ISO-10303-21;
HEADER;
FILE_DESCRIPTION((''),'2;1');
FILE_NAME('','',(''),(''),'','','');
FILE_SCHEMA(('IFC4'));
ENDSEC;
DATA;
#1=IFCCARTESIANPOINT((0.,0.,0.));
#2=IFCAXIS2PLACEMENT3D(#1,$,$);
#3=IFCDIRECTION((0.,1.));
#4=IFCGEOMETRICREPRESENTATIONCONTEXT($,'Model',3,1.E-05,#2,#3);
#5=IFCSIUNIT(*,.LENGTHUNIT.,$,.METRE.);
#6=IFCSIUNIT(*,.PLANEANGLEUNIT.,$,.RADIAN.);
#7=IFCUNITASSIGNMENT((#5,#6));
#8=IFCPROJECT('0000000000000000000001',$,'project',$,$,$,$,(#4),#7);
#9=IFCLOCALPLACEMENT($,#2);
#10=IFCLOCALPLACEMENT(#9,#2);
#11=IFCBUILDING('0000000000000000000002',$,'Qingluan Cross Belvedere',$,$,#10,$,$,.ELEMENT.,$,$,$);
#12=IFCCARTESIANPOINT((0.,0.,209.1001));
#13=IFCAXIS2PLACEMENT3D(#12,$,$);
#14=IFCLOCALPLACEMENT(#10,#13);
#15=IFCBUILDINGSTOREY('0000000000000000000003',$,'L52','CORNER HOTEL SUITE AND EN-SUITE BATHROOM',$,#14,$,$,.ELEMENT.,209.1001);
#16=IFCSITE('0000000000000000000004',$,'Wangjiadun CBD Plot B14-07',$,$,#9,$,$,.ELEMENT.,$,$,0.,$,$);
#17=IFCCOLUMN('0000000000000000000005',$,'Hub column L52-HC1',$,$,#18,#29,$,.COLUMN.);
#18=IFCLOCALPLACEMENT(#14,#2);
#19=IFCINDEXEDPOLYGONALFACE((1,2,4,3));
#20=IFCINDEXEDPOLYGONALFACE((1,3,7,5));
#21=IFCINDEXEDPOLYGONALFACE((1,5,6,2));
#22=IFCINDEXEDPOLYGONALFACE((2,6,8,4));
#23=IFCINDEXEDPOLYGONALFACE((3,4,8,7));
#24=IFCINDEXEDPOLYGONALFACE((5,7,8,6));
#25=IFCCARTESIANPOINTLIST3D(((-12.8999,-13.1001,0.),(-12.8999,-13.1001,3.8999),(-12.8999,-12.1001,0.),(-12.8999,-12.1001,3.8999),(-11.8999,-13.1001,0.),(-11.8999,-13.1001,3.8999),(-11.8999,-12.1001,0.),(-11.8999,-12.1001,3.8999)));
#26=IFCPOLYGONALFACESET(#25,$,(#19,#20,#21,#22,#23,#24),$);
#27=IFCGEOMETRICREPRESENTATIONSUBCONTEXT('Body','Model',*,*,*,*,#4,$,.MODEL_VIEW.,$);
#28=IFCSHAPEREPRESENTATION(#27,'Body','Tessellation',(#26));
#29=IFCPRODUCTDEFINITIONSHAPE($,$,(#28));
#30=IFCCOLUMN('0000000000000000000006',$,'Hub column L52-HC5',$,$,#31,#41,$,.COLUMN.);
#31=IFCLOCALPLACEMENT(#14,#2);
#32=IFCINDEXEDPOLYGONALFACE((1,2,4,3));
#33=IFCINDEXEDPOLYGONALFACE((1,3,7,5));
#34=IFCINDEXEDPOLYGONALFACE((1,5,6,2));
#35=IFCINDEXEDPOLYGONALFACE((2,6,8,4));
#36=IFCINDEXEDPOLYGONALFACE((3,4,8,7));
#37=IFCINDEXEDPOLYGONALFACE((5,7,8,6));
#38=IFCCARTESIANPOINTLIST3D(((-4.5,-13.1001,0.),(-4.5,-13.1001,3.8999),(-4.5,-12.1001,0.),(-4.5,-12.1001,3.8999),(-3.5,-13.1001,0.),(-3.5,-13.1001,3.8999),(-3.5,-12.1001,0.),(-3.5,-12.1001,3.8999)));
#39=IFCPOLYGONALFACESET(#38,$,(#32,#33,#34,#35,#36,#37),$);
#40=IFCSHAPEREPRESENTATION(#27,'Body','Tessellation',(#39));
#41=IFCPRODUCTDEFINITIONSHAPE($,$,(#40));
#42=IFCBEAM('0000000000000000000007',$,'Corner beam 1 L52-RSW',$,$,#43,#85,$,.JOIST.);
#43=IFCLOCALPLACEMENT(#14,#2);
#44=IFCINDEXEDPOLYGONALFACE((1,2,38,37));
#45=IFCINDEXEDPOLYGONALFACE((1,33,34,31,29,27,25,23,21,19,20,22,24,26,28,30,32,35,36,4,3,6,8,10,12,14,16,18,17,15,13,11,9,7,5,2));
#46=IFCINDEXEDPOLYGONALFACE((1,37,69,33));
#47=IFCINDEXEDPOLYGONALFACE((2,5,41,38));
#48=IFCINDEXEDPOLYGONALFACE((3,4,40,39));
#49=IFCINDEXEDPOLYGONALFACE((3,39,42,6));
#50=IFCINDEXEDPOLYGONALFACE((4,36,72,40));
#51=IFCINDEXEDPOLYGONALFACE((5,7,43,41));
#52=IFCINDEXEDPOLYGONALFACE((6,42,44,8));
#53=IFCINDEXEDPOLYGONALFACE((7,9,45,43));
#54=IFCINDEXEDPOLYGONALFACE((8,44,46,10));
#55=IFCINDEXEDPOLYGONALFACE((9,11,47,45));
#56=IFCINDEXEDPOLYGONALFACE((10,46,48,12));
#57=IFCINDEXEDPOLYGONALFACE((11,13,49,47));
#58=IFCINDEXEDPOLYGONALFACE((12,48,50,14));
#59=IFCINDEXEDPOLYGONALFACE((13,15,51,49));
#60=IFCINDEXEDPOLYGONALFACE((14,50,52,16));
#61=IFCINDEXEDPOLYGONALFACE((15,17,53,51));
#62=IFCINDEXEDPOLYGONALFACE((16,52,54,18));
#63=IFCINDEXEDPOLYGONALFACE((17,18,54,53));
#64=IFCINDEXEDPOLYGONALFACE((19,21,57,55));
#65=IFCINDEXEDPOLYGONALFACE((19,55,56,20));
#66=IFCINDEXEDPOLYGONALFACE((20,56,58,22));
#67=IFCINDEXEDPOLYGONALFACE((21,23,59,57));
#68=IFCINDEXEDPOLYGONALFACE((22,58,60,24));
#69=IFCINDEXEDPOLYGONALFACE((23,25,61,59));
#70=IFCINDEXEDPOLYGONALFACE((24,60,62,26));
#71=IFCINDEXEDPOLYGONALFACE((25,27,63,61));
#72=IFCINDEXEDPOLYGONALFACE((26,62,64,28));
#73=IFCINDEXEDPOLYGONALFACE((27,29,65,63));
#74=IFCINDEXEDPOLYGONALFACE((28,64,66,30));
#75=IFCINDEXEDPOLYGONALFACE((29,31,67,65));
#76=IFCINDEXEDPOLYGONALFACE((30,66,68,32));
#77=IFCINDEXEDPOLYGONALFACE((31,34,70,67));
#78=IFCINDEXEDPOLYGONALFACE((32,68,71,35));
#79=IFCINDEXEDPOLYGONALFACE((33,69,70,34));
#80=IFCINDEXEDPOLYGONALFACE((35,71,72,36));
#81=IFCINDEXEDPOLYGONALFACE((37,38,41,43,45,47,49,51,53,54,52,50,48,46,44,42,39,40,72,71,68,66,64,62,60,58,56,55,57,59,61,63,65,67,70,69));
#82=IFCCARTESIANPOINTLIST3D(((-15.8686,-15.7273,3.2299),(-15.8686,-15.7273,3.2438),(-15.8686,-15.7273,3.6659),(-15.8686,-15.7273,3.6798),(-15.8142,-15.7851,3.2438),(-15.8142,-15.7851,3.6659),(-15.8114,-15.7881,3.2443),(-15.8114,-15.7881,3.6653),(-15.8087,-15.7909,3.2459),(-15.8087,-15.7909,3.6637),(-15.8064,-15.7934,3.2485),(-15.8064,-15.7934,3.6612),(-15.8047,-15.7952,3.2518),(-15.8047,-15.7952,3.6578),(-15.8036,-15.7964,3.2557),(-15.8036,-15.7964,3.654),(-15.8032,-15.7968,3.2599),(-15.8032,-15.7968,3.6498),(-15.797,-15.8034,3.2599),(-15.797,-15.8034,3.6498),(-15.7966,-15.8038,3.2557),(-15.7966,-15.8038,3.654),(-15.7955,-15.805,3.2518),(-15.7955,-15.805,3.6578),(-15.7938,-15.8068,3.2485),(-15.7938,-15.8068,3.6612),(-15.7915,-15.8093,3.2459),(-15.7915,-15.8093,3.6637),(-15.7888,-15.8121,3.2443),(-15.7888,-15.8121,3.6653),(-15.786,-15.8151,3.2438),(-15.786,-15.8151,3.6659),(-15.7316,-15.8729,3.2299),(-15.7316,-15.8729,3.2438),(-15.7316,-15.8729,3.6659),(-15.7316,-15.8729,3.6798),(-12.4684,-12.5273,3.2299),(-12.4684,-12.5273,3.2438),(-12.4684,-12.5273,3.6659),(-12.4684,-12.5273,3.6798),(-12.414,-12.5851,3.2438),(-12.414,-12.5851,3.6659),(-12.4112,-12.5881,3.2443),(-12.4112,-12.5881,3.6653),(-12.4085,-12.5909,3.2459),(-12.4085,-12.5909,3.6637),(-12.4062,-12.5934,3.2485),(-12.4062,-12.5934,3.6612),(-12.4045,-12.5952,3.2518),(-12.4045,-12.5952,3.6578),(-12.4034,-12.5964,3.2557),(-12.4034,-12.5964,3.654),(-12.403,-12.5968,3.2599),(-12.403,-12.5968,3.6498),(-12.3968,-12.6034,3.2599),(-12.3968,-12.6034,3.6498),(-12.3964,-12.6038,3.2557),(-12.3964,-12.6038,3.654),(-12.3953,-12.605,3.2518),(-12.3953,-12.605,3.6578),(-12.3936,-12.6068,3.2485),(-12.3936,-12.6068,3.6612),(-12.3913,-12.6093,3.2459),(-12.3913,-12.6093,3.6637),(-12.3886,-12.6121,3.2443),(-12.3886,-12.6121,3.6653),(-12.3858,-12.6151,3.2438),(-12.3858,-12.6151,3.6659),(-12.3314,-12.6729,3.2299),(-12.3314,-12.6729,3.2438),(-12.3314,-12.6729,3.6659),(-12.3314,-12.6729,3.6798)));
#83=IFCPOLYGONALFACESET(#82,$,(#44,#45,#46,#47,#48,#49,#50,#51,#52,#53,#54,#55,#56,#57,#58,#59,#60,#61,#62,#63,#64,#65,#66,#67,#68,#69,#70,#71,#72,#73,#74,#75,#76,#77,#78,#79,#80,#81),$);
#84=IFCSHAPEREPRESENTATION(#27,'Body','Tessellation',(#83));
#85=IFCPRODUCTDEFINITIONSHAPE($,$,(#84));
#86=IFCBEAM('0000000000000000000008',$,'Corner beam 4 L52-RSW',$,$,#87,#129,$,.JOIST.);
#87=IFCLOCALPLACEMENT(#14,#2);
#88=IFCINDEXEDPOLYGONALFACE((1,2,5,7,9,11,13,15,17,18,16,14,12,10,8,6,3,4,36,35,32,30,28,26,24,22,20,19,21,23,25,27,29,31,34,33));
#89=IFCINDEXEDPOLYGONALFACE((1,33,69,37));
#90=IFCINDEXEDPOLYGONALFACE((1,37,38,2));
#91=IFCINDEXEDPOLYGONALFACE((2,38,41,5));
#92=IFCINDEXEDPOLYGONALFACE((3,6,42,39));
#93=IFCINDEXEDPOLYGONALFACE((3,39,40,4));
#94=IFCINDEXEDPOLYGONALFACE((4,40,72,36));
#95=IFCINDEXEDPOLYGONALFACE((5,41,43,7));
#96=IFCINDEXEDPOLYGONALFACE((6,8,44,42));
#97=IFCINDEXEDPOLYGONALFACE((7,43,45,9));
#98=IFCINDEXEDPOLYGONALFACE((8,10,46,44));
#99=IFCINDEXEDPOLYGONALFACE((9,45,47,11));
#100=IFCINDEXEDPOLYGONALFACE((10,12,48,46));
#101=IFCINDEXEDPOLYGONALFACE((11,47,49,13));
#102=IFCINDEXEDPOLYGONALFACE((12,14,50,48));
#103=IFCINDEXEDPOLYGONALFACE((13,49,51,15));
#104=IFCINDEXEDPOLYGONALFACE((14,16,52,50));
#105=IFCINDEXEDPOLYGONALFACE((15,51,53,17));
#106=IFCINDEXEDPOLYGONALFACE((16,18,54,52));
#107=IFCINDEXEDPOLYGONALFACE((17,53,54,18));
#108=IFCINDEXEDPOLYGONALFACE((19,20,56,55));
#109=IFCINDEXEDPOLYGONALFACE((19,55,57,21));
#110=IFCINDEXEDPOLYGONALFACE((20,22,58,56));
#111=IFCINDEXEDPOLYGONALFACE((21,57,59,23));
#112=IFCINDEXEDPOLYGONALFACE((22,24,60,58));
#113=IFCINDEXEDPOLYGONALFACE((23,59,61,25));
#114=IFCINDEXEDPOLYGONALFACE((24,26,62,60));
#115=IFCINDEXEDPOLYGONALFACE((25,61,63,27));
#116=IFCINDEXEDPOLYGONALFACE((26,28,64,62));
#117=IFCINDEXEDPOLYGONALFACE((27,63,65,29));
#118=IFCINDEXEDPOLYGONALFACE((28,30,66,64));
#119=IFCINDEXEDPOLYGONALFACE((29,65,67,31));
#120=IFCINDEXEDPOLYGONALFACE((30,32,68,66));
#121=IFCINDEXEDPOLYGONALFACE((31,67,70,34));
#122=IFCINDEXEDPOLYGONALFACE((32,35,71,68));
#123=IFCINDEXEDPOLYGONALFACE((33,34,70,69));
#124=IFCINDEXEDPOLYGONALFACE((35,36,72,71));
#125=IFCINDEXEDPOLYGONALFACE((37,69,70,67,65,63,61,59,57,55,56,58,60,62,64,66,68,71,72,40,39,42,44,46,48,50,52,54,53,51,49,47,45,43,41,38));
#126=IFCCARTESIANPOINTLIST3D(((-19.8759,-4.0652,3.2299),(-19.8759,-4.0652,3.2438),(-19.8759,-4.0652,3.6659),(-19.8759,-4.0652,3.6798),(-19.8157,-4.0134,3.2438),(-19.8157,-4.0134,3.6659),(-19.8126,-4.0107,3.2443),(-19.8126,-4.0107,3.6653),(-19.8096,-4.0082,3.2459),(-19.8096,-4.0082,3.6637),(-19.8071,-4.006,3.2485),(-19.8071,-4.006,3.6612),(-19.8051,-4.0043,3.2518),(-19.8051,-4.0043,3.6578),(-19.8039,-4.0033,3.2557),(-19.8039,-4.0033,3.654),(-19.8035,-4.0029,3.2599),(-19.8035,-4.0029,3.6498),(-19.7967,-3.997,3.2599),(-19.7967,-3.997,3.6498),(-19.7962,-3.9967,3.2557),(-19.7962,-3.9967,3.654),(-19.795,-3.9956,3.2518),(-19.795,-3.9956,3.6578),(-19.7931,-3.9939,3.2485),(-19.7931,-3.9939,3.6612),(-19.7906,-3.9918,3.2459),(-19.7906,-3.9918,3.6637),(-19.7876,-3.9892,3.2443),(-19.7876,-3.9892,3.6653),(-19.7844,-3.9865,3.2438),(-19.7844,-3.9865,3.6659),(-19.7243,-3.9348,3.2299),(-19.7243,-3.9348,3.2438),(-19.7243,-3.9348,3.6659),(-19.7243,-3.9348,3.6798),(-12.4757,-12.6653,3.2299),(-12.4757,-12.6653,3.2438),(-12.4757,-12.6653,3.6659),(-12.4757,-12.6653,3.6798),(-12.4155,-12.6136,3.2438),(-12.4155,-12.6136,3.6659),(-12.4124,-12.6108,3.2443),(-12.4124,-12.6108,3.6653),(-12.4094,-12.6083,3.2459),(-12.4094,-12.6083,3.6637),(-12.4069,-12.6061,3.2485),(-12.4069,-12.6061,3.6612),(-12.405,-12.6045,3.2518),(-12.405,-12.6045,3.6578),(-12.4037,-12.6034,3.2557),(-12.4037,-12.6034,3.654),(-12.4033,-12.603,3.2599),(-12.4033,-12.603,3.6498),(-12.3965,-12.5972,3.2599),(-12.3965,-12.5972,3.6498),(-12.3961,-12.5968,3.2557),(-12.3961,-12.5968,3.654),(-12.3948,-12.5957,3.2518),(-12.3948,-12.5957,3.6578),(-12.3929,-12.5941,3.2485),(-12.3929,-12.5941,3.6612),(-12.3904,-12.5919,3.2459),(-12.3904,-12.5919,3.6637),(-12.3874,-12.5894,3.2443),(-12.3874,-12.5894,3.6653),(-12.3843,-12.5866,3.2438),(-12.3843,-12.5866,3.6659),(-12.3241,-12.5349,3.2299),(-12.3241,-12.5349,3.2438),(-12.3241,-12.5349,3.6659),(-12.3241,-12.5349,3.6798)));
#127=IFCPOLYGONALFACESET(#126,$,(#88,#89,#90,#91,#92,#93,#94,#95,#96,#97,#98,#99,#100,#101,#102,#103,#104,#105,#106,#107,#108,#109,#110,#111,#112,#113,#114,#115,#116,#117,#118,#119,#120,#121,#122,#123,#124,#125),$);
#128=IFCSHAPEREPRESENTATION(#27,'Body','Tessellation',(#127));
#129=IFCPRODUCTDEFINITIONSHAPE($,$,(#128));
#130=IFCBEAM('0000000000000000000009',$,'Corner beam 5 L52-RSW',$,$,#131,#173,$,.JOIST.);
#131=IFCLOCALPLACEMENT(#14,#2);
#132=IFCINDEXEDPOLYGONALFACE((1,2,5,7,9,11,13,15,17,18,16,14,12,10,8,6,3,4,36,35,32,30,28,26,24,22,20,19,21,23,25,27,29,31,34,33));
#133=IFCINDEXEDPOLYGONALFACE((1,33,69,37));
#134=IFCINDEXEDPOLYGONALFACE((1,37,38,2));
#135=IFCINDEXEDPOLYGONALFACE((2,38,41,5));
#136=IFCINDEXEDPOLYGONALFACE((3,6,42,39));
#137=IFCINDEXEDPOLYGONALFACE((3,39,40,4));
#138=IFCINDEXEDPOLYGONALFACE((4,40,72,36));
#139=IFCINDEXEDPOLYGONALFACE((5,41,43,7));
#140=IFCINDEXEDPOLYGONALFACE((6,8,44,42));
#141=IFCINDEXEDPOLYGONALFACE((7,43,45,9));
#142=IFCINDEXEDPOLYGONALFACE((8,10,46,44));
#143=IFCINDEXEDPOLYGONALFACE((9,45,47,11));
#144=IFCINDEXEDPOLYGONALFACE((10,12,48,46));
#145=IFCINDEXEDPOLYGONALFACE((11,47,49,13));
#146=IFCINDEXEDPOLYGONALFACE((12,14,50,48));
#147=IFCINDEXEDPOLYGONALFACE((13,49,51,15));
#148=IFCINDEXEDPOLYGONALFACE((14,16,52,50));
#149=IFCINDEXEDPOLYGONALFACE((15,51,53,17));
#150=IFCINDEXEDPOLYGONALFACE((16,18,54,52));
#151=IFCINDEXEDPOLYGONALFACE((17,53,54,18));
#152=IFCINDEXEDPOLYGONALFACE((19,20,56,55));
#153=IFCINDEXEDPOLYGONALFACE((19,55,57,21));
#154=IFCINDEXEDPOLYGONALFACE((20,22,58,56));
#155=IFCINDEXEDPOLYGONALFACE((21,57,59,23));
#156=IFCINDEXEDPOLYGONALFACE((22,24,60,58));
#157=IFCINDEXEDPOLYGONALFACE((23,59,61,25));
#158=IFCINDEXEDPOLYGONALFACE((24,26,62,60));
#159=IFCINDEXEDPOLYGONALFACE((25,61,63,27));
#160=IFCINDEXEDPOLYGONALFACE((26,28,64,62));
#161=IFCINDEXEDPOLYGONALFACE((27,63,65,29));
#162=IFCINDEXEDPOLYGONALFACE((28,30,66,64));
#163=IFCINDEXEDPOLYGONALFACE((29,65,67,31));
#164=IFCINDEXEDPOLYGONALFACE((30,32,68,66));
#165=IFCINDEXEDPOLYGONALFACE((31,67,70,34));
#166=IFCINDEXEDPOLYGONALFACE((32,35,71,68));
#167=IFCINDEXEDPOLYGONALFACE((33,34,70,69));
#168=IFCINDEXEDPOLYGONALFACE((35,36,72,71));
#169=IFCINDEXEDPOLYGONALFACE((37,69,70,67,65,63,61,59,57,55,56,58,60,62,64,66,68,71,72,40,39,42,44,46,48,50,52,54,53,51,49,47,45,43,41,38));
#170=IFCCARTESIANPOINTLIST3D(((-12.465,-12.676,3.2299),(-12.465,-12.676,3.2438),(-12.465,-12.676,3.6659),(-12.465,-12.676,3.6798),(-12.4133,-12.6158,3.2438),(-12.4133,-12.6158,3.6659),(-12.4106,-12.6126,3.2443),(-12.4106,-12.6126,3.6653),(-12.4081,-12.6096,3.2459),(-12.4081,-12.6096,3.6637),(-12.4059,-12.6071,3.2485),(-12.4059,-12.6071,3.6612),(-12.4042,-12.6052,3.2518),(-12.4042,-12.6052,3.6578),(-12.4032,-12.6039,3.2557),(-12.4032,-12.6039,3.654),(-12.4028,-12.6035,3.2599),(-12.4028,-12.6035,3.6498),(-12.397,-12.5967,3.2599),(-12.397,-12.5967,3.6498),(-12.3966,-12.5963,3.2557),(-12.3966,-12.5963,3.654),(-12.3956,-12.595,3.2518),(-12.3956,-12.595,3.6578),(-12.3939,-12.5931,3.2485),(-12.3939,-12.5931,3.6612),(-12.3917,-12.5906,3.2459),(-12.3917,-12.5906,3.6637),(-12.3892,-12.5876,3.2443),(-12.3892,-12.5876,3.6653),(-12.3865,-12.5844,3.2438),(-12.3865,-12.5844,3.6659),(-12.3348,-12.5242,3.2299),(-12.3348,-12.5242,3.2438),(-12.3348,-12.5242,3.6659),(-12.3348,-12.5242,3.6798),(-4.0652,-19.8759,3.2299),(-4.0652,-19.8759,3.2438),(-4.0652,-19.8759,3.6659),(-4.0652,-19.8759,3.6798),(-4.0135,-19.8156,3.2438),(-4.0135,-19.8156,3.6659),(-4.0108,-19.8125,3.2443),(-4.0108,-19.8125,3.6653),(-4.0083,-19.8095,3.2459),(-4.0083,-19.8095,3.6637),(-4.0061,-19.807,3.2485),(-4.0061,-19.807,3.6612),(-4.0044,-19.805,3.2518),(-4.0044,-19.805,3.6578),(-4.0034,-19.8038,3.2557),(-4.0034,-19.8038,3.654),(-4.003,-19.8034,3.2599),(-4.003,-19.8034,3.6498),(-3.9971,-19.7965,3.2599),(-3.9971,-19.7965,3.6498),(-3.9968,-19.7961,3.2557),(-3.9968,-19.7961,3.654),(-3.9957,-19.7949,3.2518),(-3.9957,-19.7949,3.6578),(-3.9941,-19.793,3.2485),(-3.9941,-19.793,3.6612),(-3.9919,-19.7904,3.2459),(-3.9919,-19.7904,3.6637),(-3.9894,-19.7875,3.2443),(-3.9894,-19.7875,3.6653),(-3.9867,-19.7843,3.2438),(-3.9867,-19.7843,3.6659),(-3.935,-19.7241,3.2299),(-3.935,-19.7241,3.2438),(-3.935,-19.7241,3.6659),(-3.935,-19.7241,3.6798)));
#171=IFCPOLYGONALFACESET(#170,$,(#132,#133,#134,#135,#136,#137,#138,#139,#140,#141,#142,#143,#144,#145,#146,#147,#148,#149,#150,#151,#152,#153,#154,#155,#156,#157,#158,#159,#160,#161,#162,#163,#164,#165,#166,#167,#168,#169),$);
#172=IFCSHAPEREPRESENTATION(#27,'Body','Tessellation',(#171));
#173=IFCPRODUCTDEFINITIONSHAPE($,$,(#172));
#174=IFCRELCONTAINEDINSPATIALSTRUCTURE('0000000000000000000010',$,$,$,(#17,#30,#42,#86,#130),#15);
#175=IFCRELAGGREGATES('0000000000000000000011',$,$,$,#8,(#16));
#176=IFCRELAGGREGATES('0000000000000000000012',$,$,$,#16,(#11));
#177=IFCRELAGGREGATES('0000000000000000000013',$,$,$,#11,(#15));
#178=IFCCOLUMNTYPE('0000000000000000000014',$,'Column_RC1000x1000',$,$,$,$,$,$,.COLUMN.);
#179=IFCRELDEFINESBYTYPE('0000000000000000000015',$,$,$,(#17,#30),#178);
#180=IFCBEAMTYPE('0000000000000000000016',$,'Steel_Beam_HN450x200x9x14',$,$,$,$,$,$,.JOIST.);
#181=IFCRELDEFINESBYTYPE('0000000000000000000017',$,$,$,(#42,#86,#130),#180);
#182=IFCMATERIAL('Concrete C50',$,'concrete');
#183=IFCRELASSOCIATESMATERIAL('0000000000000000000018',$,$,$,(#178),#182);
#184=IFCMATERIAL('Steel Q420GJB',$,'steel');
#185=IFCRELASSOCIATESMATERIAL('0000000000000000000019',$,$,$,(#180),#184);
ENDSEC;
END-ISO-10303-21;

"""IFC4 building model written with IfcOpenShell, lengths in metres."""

from ifc_helpers import new_model, si_unit, direction, frame, origin, origin_2d, place, context, subcontext, project, spatial, rectangle, i_section, extrude, material, material_profile, profile_set, type_object, element, save


model = new_model("IFC4")

# Units and contexts
model_context = context("Model", 3, precision=1e-05, world=origin(), true_north=direction((0.0, 1.0)))
body_context = subcontext(model_context, "Body", "Model", "MODEL_VIEW")
ifc_project = project(units=[si_unit("LENGTHUNIT", "METRE"), si_unit("PLANEANGLEUNIT", "RADIAN")], contexts=[model_context])

# Site, building, storey
site_placement = place(None, origin())
site = spatial("IfcSite", under=ifc_project, at=site_placement, Name="Wangjiadun CBD Plot B14-07", CompositionType="ELEMENT", RefElevation=0.0)
building_placement = place(site_placement, origin())
building = spatial("IfcBuilding", under=site, at=building_placement, Name="Qingluan Cross Belvedere", CompositionType="ELEMENT")
storey_placement = place(building_placement, frame((0.0, 0.0, 209.1001)))
storey = spatial("IfcBuildingStorey", under=building, at=storey_placement, Name="L52", Description="CORNER HOTEL SUITE AND EN-SUITE BATHROOM", CompositionType="ELEMENT", Elevation=209.1001)

# Columns
ifc_material_1 = material(Name="Concrete C50", Category="concrete")
ifc_material_profile_1 = material_profile(ifc_material_1, rectangle(XDim=1.0, YDim=1.0, at=origin_2d()), Name="RC1000x1000")
ifc_profile_set_1 = profile_set([ifc_material_profile_1], Name="Concrete C50")
column_type = type_object("IfcColumnType", Name="Column_RC1000x1000", PredefinedType="COLUMN", material=ifc_profile_set_1)
for number, where, z_axis, x_axis, name in (
    (1, (-12.3999, -12.6001, 0.0), (0.0, 0.0, 1.0), (1.0, 0.0, 0.0), "Hub column L52-HC1"),
    (2, (-4.0, -12.6001, 0.0), (0.0, 0.0, 1.0), (1.0, 0.0, 0.0), "Hub column L52-HC5"),
):
    element("IfcColumn", number, at=place(storey_placement, frame(where, z_axis=z_axis, x_axis=x_axis)), inside=storey, type_object=column_type, Name=name, PredefinedType="COLUMN", context=body_context, shape_type="SweptSolid", body=[
        extrude(rectangle(XDim=1.0, YDim=1.0, at=origin_2d()), origin(), (0.0, 0.0, 1.0), 3.8999),
    ])

# Beams
ifc_material_2 = material(Name="Steel Q420GJB", Category="steel")
ifc_material_profile_2 = material_profile(ifc_material_2, i_section(OverallWidth=0.2, OverallDepth=0.45, WebThickness=0.009, FlangeThickness=0.0139, FilletRadius=0.0161, at=origin_2d()), Name="HN450x200x9x14")
ifc_profile_set_2 = profile_set([ifc_material_profile_2], Name="Steel Q420GJB")
beam_type_1 = type_object("IfcBeamType", Name="Steel_Beam_HN450x200x9x14", PredefinedType="JOIST", material=ifc_profile_set_2)
beam_1_placement = place(storey_placement, frame((-12.3999, -12.6001, 3.4548), z_axis=(-0.72822, -0.685343, 0.0), x_axis=(0.685343, -0.72822, 0.0)))
element("IfcBeam", 3, at=beam_1_placement, inside=storey, type_object=beam_type_1, Name="Corner beam 1 L52-RSW", PredefinedType="JOIST", context=body_context, shape_type="SweptSolid", body=[
    extrude(i_section(OverallWidth=0.2, OverallDepth=0.45, WebThickness=0.009, FlangeThickness=0.0139, FilletRadius=0.0161, at=origin_2d()), origin(), (0.0, 0.0, 1.0), 4.6692),
])
beam_2_placement = place(storey_placement, frame((-12.3999, -12.6001, 3.4548), z_axis=(-0.652245, 0.758008, 0.0), x_axis=(-0.758008, -0.652245, 0.0)))
element("IfcBeam", 4, at=beam_2_placement, inside=storey, type_object=beam_type_1, Name="Corner beam 4 L52-RSW", PredefinedType="JOIST", context=body_context, shape_type="SweptSolid", body=[
    extrude(i_section(OverallWidth=0.2, OverallDepth=0.45, WebThickness=0.009, FlangeThickness=0.0139, FilletRadius=0.0161, at=origin_2d()), origin(), (0.0, 0.0, 1.0), 11.3457),
])
beam_3_placement = place(storey_placement, frame((-12.3999, -12.6001, 3.4548), z_axis=(0.759255, -0.650793, 0.0), x_axis=(0.650793, 0.759255, 0.0)))
element("IfcBeam", 5, at=beam_3_placement, inside=storey, type_object=beam_type_1, Name="Corner beam 5 L52-RSW", PredefinedType="JOIST", context=body_context, shape_type="SweptSolid", body=[
    extrude(i_section(OverallWidth=0.2, OverallDepth=0.45, WebThickness=0.009, FlangeThickness=0.0139, FilletRadius=0.0161, at=origin_2d()), origin(), (0.0, 0.0, 1.0), 11.0632),
])

save(model, "model.ifc")
